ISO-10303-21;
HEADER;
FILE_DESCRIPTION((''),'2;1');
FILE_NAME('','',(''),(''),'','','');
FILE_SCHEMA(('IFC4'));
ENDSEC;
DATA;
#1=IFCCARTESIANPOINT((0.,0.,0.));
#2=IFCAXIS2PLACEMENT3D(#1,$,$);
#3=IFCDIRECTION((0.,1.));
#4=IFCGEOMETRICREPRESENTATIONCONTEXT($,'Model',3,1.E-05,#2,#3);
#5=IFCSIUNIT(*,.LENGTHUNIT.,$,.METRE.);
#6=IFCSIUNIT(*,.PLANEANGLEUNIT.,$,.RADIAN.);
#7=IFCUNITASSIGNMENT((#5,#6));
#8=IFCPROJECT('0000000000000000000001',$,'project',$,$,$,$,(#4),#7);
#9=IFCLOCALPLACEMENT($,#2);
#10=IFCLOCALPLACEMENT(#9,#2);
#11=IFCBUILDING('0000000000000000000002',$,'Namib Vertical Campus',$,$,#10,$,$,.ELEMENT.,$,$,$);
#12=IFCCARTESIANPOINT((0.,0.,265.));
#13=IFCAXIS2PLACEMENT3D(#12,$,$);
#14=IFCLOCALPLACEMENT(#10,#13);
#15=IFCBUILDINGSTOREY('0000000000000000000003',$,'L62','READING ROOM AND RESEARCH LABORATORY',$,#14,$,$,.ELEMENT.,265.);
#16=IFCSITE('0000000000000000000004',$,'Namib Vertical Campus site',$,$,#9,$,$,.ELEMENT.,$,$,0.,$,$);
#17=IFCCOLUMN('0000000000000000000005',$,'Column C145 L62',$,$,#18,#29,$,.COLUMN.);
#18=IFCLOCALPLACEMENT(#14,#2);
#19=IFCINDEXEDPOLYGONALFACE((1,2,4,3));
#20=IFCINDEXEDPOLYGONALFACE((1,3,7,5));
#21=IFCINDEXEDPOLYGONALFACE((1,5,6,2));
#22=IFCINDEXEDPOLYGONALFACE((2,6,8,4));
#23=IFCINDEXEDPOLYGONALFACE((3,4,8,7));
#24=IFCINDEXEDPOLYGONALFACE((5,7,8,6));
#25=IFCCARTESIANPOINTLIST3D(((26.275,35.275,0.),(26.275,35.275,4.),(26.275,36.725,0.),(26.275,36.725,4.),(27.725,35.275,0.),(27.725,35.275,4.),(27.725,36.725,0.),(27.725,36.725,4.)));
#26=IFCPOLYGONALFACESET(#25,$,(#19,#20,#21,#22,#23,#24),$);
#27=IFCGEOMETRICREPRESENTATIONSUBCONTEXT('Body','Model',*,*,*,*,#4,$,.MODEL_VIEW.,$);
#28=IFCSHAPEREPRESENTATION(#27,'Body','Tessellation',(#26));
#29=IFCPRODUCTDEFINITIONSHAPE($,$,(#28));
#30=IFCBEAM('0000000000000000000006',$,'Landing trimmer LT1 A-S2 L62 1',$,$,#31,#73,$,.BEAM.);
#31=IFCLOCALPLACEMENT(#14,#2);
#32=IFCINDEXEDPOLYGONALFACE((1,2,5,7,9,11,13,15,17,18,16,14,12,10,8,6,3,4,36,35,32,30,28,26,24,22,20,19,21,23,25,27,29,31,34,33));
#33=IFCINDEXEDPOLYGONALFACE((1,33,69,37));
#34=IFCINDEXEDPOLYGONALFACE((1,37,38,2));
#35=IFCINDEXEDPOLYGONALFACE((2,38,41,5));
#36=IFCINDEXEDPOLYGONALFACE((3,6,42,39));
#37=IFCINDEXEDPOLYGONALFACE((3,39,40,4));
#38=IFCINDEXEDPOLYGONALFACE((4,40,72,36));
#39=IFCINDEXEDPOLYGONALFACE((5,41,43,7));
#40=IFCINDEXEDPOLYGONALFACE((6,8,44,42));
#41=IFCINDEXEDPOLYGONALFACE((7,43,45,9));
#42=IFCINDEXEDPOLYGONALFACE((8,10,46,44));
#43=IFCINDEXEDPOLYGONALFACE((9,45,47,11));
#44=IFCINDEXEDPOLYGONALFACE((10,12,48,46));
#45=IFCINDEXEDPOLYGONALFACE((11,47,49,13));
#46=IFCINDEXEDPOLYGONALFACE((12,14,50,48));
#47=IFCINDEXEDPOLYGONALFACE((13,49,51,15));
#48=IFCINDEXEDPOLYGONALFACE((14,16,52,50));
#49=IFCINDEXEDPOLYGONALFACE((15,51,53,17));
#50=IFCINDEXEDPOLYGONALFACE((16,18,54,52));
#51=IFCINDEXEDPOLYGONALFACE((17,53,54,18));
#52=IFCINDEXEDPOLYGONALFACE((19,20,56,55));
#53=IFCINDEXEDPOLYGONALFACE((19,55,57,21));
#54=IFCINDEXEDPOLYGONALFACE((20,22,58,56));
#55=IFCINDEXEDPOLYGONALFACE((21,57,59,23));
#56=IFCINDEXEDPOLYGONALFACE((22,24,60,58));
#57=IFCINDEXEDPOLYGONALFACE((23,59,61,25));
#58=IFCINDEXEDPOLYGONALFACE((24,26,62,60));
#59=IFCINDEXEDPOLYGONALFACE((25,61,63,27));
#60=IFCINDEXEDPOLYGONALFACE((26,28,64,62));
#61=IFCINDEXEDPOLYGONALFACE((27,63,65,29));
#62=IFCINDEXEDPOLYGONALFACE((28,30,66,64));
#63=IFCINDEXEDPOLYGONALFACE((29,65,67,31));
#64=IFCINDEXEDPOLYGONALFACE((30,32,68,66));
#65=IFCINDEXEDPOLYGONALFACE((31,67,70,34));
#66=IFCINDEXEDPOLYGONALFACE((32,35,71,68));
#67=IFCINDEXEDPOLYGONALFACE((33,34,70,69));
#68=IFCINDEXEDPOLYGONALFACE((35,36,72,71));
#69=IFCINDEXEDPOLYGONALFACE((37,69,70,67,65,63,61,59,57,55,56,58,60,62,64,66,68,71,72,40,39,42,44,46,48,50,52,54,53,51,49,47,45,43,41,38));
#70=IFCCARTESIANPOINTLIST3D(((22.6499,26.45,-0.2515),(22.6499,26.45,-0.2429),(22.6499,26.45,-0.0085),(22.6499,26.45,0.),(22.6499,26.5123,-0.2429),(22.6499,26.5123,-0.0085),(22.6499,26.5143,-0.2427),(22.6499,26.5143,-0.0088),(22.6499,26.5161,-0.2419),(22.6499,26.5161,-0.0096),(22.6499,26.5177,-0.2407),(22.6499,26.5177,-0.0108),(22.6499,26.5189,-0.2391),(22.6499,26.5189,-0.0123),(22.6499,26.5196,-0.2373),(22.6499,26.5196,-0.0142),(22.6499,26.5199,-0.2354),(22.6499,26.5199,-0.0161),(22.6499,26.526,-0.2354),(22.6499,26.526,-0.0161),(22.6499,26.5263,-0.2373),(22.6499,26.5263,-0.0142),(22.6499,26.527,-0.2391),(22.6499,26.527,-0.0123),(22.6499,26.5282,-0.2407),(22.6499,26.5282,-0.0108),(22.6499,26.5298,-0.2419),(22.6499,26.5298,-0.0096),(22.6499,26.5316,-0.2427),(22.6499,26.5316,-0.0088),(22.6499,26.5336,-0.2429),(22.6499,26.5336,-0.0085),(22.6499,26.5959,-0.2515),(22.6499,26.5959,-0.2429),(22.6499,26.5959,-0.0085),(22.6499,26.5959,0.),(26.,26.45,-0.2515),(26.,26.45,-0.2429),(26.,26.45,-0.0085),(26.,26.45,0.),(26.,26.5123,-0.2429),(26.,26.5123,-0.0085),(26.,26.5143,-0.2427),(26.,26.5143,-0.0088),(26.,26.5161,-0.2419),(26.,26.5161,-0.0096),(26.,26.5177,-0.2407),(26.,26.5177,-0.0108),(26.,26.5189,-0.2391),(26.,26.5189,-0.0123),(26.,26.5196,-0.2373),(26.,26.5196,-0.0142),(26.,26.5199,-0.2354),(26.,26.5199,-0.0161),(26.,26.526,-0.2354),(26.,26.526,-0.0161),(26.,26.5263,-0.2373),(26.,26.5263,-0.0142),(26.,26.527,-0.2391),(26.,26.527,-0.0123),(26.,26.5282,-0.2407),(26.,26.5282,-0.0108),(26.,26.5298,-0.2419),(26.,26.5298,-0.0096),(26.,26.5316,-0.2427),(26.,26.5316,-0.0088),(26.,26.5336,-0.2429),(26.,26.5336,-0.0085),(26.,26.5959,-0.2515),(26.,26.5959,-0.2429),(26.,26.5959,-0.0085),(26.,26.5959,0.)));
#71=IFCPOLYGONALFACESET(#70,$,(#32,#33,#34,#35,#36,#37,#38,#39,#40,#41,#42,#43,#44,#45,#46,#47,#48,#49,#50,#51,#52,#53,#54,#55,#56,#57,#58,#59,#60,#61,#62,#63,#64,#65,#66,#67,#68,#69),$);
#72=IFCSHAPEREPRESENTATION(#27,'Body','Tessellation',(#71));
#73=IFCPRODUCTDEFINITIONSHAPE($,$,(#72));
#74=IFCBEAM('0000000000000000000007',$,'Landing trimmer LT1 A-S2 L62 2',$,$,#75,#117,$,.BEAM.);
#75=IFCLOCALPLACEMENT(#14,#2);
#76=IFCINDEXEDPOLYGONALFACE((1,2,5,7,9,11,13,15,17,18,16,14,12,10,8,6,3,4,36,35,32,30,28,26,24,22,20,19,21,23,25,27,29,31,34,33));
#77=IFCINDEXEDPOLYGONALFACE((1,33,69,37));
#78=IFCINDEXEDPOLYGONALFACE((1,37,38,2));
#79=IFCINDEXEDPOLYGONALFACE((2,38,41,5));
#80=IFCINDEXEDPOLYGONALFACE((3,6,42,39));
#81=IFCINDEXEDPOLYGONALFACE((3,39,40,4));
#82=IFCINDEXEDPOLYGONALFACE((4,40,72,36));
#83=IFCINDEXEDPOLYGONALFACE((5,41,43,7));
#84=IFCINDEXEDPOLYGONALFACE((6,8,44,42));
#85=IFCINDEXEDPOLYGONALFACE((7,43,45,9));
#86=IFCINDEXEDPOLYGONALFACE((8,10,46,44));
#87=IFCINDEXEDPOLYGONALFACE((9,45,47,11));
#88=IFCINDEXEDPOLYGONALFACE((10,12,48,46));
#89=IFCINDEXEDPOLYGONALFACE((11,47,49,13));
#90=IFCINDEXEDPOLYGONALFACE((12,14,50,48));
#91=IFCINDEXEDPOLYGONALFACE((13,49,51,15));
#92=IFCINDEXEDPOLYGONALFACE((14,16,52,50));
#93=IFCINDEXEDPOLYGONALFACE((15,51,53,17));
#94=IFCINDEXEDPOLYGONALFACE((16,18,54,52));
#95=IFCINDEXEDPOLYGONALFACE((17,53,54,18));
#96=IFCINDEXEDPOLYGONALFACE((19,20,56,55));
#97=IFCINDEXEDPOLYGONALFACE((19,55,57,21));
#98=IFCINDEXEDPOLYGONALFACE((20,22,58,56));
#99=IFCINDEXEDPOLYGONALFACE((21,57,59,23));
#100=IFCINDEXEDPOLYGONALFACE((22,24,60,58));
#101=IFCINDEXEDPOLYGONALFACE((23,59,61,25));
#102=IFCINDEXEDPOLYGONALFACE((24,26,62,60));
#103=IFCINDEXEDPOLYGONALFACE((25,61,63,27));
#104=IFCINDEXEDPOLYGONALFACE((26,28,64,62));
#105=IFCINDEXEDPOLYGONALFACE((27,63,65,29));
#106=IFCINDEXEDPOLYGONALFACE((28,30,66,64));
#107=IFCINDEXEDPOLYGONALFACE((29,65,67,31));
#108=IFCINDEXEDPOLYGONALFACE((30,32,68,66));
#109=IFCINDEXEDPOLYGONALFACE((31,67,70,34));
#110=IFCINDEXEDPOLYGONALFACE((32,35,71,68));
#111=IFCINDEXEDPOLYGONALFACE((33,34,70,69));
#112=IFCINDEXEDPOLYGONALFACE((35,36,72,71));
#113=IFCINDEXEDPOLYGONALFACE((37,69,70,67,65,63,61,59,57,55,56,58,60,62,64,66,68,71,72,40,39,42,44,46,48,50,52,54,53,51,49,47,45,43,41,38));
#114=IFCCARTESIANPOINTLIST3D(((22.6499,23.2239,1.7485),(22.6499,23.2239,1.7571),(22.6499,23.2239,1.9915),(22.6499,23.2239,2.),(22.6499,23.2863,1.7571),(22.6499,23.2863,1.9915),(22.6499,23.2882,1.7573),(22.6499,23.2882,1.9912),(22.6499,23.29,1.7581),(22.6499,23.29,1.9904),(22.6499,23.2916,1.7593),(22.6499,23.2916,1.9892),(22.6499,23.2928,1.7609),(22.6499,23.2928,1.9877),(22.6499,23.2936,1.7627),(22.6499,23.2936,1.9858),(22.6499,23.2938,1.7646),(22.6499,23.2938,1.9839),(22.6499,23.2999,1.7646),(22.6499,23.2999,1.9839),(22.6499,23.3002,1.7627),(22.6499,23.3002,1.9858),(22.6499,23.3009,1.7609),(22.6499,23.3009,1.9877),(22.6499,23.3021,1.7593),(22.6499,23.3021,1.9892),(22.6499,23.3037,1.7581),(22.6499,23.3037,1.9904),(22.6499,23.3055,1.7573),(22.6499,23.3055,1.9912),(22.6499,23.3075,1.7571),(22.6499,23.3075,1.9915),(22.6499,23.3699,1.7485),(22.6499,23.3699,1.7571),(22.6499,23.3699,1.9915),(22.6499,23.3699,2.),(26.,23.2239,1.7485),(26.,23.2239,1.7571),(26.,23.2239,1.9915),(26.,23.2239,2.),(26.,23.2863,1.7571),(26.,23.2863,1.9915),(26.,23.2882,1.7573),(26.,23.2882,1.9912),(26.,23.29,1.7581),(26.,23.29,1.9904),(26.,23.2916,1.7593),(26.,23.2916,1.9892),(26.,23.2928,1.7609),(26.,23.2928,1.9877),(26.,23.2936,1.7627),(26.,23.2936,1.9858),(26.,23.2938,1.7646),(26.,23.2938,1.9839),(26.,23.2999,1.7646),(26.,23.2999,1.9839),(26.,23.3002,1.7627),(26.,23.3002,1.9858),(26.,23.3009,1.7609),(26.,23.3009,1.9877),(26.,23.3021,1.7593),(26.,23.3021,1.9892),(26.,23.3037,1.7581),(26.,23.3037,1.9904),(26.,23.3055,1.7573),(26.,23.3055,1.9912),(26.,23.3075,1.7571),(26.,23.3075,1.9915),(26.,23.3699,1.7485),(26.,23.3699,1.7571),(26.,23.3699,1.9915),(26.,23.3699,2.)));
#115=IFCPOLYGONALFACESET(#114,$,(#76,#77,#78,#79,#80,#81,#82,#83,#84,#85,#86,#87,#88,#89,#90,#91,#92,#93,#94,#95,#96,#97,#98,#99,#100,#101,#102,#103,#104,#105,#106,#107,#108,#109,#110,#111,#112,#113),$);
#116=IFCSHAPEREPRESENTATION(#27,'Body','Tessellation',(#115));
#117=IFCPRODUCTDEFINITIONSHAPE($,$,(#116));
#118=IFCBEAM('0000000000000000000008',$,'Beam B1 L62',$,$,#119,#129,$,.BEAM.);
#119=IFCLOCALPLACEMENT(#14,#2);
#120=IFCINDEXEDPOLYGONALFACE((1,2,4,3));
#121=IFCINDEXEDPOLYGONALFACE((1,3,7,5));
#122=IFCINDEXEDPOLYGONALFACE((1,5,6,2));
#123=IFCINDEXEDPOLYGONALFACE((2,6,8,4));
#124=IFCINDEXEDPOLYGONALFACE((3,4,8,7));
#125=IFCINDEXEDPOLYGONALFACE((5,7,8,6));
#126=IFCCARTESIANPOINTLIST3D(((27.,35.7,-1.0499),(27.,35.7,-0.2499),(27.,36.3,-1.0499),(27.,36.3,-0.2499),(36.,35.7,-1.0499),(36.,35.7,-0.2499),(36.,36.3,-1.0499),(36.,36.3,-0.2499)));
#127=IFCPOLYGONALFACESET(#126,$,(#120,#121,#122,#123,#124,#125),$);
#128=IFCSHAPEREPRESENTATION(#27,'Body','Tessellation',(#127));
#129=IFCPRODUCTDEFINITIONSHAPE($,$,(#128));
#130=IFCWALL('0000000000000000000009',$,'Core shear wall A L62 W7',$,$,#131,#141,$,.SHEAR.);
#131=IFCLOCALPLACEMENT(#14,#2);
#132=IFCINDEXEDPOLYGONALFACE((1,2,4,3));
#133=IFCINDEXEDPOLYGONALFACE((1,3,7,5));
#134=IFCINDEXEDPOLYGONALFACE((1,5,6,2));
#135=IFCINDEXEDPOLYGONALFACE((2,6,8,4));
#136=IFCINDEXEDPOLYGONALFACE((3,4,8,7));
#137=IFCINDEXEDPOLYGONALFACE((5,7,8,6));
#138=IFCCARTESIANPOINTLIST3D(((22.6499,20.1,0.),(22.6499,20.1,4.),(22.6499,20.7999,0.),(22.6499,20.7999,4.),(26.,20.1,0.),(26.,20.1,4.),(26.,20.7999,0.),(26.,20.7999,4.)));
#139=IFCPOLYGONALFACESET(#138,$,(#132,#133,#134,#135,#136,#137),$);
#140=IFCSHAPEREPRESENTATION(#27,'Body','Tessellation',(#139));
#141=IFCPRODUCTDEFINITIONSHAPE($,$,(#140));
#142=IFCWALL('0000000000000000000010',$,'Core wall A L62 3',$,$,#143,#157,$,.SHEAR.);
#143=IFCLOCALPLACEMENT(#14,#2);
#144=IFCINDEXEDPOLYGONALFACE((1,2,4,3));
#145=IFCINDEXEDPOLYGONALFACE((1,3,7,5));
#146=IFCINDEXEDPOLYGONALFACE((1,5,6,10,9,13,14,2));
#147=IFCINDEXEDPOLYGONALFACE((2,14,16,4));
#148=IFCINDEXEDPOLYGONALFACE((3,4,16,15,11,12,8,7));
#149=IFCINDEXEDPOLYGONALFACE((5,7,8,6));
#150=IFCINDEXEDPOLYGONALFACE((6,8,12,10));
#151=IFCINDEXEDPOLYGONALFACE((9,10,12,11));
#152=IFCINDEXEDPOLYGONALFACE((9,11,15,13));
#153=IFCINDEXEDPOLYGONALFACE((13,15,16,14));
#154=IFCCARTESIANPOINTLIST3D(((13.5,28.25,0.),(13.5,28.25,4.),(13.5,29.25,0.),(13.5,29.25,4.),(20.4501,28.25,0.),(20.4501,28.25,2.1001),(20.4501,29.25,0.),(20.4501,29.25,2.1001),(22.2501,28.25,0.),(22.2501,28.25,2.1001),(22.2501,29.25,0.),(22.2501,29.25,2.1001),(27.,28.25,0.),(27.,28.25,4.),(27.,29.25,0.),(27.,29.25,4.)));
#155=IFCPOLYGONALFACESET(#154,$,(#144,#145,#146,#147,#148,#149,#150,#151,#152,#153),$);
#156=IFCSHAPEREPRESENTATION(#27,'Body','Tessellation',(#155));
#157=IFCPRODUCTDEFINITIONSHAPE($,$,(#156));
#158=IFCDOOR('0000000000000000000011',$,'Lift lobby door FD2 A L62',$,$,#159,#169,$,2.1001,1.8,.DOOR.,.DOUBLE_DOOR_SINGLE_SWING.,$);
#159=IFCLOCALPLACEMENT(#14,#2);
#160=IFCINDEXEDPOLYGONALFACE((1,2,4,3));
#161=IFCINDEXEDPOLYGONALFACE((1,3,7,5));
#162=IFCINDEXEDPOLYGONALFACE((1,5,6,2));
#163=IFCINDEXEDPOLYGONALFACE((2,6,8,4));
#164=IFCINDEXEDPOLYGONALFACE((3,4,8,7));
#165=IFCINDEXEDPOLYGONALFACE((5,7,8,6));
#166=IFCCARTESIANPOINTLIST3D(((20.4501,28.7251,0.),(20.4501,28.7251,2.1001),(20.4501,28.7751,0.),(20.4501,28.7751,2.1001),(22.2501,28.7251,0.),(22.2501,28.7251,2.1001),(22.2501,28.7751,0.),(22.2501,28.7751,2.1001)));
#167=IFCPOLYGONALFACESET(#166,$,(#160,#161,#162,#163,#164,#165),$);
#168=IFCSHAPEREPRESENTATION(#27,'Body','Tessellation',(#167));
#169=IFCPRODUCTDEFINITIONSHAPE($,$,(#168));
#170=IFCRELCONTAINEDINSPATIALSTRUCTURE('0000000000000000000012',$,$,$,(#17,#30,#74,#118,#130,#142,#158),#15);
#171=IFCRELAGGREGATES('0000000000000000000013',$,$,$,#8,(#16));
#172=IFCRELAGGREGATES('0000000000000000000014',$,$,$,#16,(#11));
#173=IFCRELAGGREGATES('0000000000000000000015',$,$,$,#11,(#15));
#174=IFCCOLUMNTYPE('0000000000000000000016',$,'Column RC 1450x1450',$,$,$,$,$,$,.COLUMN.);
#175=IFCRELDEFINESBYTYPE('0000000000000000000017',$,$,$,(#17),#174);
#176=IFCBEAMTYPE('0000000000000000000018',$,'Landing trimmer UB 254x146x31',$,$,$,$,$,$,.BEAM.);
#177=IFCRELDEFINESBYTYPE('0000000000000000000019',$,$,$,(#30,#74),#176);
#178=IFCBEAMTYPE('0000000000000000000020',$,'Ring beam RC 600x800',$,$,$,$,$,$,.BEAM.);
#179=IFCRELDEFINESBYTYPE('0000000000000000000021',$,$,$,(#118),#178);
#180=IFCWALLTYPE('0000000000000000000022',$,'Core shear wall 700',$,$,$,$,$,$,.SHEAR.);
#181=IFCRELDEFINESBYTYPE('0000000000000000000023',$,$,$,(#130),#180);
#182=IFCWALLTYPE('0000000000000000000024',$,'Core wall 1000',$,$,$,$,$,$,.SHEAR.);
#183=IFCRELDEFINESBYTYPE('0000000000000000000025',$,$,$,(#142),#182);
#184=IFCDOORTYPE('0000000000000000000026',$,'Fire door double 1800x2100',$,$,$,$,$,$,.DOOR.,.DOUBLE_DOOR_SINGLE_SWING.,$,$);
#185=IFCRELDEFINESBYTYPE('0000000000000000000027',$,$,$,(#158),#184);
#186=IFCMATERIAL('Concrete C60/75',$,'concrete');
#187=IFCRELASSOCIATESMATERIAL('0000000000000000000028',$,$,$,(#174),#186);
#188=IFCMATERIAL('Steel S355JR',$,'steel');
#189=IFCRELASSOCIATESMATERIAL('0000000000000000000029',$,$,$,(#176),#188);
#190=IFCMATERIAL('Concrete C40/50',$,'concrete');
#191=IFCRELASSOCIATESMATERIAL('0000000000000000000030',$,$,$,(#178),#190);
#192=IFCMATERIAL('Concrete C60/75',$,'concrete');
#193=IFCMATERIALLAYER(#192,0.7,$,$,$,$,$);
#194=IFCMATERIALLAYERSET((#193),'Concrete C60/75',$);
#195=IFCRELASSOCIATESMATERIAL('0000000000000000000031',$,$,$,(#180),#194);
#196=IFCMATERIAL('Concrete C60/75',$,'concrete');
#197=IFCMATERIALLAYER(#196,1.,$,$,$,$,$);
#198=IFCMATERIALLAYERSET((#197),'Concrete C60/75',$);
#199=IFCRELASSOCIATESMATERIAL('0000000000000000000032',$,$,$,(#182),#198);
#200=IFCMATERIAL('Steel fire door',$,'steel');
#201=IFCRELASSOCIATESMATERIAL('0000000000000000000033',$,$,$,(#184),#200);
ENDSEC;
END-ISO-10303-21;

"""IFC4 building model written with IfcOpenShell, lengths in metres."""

from ifc_helpers import new_model, si_unit, direction, frame, frame_2d, origin, origin_2d, place, context, subcontext, project, spatial, rectangle, i_section, extrude, material, layer, layer_set, material_profile, profile_set, type_object, element, fill, save


model = new_model("IFC4")

# Units and contexts
model_context = context("Model", 3, precision=1e-05, world=origin(), true_north=direction((0.0, 1.0)))
body_context = subcontext(model_context, "Body", "Model", "MODEL_VIEW")
ifc_project = project(units=[si_unit("LENGTHUNIT", "METRE"), si_unit("PLANEANGLEUNIT", "RADIAN")], contexts=[model_context])

# Site, building, storey
site_placement = place(None, origin())
site = spatial("IfcSite", under=ifc_project, at=site_placement, Name="Namib Vertical Campus site", CompositionType="ELEMENT", RefElevation=0.0)
building_placement = place(site_placement, origin())
building = spatial("IfcBuilding", under=site, at=building_placement, Name="Namib Vertical Campus", CompositionType="ELEMENT")
storey_placement = place(building_placement, frame((0.0, 0.0, 265.0)))
storey = spatial("IfcBuildingStorey", under=building, at=storey_placement, Name="L62", Description="READING ROOM AND RESEARCH LABORATORY", CompositionType="ELEMENT", Elevation=265.0)

# Column
ifc_material_1 = material(Name="Concrete C60/75", Category="concrete")
ifc_material_profile_1 = material_profile(ifc_material_1, rectangle(XDim=1.45, YDim=1.45, at=origin_2d()))
ifc_profile_set_1 = profile_set([ifc_material_profile_1], Name="Concrete C60/75")
column_type = type_object("IfcColumnType", Name="Column RC 1450x1450", PredefinedType="COLUMN", material=ifc_profile_set_1)
column_placement = place(storey_placement, frame((27.0, 36.0, 0.0), z_axis=(0.0, 0.0, 1.0), x_axis=(1.0, 0.0, 0.0)))
element("IfcColumn", 1, at=column_placement, inside=storey, type_object=column_type, Name="Column C145 L62", PredefinedType="COLUMN", context=body_context, shape_type="SweptSolid", body=[
    extrude(rectangle(XDim=1.45, YDim=1.45, at=origin_2d()), origin(), (0.0, 0.0, 1.0), 4.0),
])

# Beams
ifc_material_2 = material(Name="Steel S355JR", Category="steel")
ifc_material_profile_2 = material_profile(ifc_material_2, i_section(OverallWidth=0.146, OverallDepth=0.2515, WebThickness=0.0061, FlangeThickness=0.0085, FilletRadius=0.0076, at=origin_2d()))
ifc_profile_set_2 = profile_set([ifc_material_profile_2], Name="Steel S355JR")
beam_type_1 = type_object("IfcBeamType", Name="Landing trimmer UB 254x146x31", PredefinedType="BEAM", material=ifc_profile_set_2)
for number, where, z_axis, x_axis, name in (
    (2, (22.6499, 26.5229, -0.1257), (1.0, 0.0, 0.0), (0.0, 1.0, 0.0), "Landing trimmer LT1 A-S2 L62 1"),
    (3, (22.6499, 23.2969, 1.8743), (1.0, 0.0, 0.0), (0.0, 1.0, 0.0), "Landing trimmer LT1 A-S2 L62 2"),
):
    element("IfcBeam", number, at=place(storey_placement, frame(where, z_axis=z_axis, x_axis=x_axis)), inside=storey, type_object=beam_type_1, Name=name, PredefinedType="BEAM", context=body_context, shape_type="SweptSolid", body=[
        extrude(i_section(OverallWidth=0.146, OverallDepth=0.2515, WebThickness=0.0061, FlangeThickness=0.0085, FilletRadius=0.0076, at=origin_2d()), origin(), (0.0, 0.0, 1.0), 3.3501),
    ])
ifc_material_3 = material(Name="Concrete C40/50", Category="concrete")
ifc_material_profile_3 = material_profile(ifc_material_3, rectangle(XDim=0.6001, YDim=0.8, at=origin_2d()))
ifc_profile_set_3 = profile_set([ifc_material_profile_3], Name="Concrete C40/50")
beam_type_2 = type_object("IfcBeamType", Name="Ring beam RC 600x800", PredefinedType="BEAM", material=ifc_profile_set_3)
beam_placement = place(storey_placement, frame((27.0, 36.0, -0.6499), z_axis=(1.0, 0.0, 0.0), x_axis=(0.0, 1.0, 0.0)))
element("IfcBeam", 4, at=beam_placement, inside=storey, type_object=beam_type_2, Name="Beam B1 L62", PredefinedType="BEAM", context=body_context, shape_type="SweptSolid", body=[
    extrude(rectangle(XDim=0.6001, YDim=0.8, at=origin_2d()), origin(), (0.0, 0.0, 1.0), 9.0),
])

# Wall
ifc_material_4 = material(Name="Concrete C60/75", Category="concrete")
ifc_layer_1 = layer(ifc_material_4, 0.7)
ifc_layer_set_1 = layer_set([ifc_layer_1], Name="Concrete C60/75")
wall_type_1 = type_object("IfcWallType", Name="Core shear wall 700", PredefinedType="SHEAR", material=ifc_layer_set_1)
wall_1_placement = place(storey_placement, frame((22.6499, 20.45, 0.0), z_axis=(0.0, 0.0, 1.0), x_axis=(1.0, 0.0, 0.0)))
element("IfcWall", 5, at=wall_1_placement, inside=storey, type_object=wall_type_1, Name="Core shear wall A L62 W7", PredefinedType="SHEAR", context=body_context, shape_type="SweptSolid", body=[
    extrude(rectangle(XDim=3.3501, YDim=0.7, at=frame_2d((1.675, 0.0))), origin(), (0.0, 0.0, 1.0), 4.0),
])

# Wall, opening, door
ifc_material_5 = material(Name="Concrete C60/75", Category="concrete")
ifc_layer_2 = layer(ifc_material_5, 1.0)
ifc_layer_set_2 = layer_set([ifc_layer_2], Name="Concrete C60/75")
wall_type_2 = type_object("IfcWallType", Name="Core wall 1000", PredefinedType="SHEAR", material=ifc_layer_set_2)
wall_2_placement = place(storey_placement, frame((27.0, 28.75, 0.0), z_axis=(0.0, 0.0, 1.0), x_axis=(-1.0, 0.0, 0.0)))
wall_2 = element("IfcWall", 6, at=wall_2_placement, inside=storey, type_object=wall_type_2, Name="Core wall A L62 3", PredefinedType="SHEAR", context=body_context, shape_type="SweptSolid", body=[
    extrude(rectangle(XDim=13.5, YDim=1.0, at=frame_2d((6.75, 0.0))), origin(), (0.0, 0.0, 1.0), 4.0),
])
opening_1_placement = place(wall_2_placement, frame((4.75, 0.0, 0.0)))
opening_1 = element("IfcOpeningElement", 7, at=opening_1_placement, cuts=wall_2, PredefinedType="OPENING", context=body_context, shape_type="SweptSolid", body=[
    extrude(rectangle(XDim=1.8, YDim=2.1001, at=frame_2d((0.8999, 1.05))), frame((0.0, 0.51, 0.0), z_axis=(0.0, -1.0, 0.0), x_axis=(1.0, 0.0, 0.0)), (0.0, 0.0, 1.0), 1.02),
])
ifc_material_6 = material(Name="Steel fire door", Category="steel")
door_type_1 = type_object("IfcDoorType", Name="Fire door double 1800x2100", OperationType="DOUBLE_DOOR_SINGLE_SWING", PredefinedType="DOOR", material=ifc_material_6)
door_1_placement = place(opening_1_placement, origin())
door_1 = element("IfcDoor", 8, at=door_1_placement, inside=storey, type_object=door_type_1, Name="Lift lobby door FD2 A L62", OperationType="DOUBLE_DOOR_SINGLE_SWING", OverallHeight=2.1001, OverallWidth=1.8, PredefinedType="DOOR", context=body_context, shape_type="SweptSolid", body=[
    extrude(rectangle(XDim=1.8, YDim=2.1001, at=frame_2d((0.8999, 1.05))), frame((0.0, 0.0249, 0.0), z_axis=(0.0, -1.0, 0.0), x_axis=(1.0, 0.0, 0.0)), (0.0, 0.0, 1.0), 0.05),
])
fill(opening_1, door_1)

save(model, "model.ifc")
